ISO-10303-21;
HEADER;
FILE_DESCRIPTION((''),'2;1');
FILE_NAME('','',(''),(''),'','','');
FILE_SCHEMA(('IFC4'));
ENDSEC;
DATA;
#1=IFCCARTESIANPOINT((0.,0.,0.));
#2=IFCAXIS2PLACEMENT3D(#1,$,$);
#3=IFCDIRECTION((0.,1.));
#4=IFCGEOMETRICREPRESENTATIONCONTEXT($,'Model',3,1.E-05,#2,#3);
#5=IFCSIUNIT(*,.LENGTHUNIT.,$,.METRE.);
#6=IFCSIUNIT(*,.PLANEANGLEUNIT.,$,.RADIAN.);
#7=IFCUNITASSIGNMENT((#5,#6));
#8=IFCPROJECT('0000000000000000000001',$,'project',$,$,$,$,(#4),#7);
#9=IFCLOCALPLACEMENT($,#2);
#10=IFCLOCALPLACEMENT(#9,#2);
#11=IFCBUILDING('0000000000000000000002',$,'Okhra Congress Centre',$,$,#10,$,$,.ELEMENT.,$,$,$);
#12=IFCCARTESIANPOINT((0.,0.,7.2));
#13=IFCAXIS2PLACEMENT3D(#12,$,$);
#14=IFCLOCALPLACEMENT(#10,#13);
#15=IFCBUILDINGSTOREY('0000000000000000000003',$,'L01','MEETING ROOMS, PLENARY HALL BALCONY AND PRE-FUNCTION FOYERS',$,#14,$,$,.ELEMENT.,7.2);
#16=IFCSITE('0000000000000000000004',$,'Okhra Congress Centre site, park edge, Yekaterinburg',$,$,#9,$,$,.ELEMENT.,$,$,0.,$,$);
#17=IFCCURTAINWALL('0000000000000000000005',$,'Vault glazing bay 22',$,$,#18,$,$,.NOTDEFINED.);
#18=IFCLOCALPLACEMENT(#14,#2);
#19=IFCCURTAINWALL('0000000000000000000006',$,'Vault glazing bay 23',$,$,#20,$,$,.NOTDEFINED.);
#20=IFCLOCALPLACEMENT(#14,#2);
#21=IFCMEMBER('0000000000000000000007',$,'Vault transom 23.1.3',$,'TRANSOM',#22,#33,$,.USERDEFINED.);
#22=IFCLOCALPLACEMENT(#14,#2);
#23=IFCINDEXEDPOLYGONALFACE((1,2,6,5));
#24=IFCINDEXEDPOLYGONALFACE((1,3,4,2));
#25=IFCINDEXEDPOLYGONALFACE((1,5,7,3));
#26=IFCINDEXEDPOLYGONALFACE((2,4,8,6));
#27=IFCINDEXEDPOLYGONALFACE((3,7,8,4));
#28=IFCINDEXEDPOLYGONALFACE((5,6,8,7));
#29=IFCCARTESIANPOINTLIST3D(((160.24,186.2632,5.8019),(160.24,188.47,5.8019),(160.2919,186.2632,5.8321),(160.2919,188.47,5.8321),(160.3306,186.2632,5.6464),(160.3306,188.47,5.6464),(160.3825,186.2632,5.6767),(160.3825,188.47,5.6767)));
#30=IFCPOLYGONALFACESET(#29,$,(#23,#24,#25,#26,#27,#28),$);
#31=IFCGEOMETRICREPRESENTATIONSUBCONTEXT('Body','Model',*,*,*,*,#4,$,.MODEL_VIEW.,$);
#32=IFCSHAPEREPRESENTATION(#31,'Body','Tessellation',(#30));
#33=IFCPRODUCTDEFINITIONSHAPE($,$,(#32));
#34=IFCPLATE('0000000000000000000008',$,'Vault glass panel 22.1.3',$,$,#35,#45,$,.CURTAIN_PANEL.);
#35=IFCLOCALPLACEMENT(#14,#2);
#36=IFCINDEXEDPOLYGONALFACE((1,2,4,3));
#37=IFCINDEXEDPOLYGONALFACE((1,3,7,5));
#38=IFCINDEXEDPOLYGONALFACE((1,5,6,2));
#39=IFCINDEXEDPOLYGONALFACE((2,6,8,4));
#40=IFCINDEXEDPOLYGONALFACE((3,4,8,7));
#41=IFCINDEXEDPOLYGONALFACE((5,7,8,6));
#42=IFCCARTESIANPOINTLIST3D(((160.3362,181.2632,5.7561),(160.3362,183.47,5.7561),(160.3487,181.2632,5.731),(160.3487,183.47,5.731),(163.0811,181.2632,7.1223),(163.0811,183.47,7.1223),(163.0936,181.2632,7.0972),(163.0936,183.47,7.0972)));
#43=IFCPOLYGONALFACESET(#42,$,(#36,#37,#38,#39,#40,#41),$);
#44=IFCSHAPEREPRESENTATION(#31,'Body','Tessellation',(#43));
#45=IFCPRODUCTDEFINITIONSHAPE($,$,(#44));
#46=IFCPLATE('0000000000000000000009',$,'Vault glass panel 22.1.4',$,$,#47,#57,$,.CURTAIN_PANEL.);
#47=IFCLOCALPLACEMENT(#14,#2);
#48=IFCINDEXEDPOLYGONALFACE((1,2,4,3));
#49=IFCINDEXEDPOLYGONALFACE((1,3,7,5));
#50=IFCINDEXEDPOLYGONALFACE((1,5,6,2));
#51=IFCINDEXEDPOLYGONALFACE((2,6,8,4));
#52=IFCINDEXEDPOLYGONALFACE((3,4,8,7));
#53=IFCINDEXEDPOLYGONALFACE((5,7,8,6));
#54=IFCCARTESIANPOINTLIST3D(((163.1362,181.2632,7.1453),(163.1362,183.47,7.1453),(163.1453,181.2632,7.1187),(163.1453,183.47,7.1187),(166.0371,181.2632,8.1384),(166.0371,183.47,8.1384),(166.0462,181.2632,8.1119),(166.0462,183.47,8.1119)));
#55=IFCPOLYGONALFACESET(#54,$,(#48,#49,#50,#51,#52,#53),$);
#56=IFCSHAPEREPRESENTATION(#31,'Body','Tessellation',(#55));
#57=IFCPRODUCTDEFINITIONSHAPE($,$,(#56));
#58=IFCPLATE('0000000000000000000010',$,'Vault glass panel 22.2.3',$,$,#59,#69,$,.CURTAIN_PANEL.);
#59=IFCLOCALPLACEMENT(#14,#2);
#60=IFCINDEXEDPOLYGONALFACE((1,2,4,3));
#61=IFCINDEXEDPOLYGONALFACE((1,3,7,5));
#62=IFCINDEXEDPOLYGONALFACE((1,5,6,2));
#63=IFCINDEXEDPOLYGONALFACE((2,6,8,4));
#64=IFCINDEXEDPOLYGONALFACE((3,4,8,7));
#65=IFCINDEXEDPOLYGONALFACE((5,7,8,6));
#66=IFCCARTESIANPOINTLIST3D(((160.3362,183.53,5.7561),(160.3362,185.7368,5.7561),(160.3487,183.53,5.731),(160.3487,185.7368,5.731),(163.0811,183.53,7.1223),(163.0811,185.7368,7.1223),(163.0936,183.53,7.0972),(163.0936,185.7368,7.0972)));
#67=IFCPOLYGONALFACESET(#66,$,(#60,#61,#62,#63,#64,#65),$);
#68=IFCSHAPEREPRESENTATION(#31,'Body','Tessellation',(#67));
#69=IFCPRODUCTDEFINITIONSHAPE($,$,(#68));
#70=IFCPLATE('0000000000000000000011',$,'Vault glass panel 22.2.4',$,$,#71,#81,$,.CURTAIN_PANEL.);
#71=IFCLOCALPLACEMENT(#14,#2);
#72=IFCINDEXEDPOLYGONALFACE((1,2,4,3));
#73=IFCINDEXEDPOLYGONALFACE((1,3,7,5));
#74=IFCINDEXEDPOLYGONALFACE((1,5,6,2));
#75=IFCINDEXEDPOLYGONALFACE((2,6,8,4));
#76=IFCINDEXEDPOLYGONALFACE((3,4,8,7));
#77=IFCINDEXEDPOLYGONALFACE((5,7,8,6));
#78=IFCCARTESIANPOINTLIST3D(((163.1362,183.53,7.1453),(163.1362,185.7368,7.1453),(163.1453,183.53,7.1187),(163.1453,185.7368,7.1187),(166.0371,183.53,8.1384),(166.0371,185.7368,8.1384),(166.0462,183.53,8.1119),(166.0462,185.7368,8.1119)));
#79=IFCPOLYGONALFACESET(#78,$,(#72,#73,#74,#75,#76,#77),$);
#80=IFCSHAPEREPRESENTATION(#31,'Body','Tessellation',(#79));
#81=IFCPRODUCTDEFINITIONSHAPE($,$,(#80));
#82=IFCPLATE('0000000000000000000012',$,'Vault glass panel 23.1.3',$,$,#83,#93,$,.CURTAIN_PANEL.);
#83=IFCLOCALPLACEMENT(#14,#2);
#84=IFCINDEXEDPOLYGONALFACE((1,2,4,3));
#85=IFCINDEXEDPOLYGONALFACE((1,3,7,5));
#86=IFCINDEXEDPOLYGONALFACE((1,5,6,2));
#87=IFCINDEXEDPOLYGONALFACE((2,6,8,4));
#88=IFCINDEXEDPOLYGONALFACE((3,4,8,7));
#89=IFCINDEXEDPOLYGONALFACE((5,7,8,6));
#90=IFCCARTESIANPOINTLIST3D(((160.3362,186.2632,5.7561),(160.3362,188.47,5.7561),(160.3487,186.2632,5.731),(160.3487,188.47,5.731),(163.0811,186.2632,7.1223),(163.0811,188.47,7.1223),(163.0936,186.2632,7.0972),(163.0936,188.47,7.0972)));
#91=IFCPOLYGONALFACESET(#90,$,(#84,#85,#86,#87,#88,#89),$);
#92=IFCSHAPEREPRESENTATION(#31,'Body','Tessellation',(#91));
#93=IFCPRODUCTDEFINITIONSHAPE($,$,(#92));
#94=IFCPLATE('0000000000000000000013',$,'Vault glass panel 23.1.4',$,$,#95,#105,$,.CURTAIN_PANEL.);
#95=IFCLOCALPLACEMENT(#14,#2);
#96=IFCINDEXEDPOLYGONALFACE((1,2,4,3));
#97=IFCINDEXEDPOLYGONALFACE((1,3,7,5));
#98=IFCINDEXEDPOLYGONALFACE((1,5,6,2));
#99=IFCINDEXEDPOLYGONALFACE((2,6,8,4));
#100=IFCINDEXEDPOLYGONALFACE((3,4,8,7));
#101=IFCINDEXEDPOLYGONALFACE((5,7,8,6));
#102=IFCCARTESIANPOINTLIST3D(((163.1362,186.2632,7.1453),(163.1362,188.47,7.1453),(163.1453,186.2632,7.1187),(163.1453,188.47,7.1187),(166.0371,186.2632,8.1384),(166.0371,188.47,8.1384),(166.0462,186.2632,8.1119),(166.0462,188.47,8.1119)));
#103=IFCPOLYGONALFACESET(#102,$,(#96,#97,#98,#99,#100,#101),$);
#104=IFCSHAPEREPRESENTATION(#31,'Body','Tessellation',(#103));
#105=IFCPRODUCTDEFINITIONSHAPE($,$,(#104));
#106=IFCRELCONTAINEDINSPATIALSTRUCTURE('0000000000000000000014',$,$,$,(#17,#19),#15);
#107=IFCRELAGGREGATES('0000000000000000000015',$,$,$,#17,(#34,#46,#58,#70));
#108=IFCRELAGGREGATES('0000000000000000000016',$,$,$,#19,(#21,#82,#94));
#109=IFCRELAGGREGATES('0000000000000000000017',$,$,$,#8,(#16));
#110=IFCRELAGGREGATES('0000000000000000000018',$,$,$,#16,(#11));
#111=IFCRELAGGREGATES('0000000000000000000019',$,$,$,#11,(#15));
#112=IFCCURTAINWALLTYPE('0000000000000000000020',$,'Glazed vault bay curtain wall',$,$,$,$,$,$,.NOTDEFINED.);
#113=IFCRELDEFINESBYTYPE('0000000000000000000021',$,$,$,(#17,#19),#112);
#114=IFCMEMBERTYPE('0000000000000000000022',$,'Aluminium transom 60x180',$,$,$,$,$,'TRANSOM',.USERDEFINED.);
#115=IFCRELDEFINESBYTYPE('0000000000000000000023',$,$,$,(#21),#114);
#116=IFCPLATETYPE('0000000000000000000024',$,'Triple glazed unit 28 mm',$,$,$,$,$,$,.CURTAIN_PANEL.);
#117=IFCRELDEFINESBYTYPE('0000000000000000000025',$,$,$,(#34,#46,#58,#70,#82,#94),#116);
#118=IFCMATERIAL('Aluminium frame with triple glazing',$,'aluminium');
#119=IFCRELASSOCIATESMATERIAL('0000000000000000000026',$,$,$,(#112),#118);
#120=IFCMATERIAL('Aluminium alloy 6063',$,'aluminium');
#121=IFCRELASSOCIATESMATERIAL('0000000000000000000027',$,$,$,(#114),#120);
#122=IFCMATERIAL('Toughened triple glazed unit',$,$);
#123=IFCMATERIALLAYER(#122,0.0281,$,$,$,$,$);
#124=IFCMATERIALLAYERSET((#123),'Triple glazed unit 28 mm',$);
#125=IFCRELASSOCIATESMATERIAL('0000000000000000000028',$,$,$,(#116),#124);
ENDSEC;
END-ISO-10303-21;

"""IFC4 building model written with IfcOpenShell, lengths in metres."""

from ifc_helpers import new_model, si_unit, direction, frame, origin, origin_2d, place, context, subcontext, project, spatial, polyline, rectangle, outline, extrude, material, layer, layer_set, material_profile, profile_set, type_object, element, aggregate, save


model = new_model("IFC4")

# Units and contexts
model_context = context("Model", 3, precision=1e-05, world=origin(), true_north=direction((0.0, 1.0)))
body_context = subcontext(model_context, "Body", "Model", "MODEL_VIEW")
ifc_project = project(units=[si_unit("LENGTHUNIT", "METRE"), si_unit("PLANEANGLEUNIT", "RADIAN")], contexts=[model_context])

# Site, building, storey
site_placement = place(None, origin())
site = spatial("IfcSite", under=ifc_project, at=site_placement, Name="Okhra Congress Centre site, park edge, Yekaterinburg", CompositionType="ELEMENT", RefElevation=0.0)
building_placement = place(site_placement, origin())
building = spatial("IfcBuilding", under=site, at=building_placement, Name="Okhra Congress Centre", CompositionType="ELEMENT")
storey_placement = place(building_placement, frame((0.0, 0.0, 7.2)))
storey = spatial("IfcBuildingStorey", under=building, at=storey_placement, Name="L01", Description="MEETING ROOMS, PLENARY HALL BALCONY AND PRE-FUNCTION FOYERS", CompositionType="ELEMENT", Elevation=7.2)

# Curtain walls
ifc_material_1 = material(Name="Aluminium frame with triple glazing", Category="aluminium")
curtain_wall_type = type_object("IfcCurtainWallType", Name="Glazed vault bay curtain wall", PredefinedType="NOTDEFINED", material=ifc_material_1)
curtain_wall_1_placement = place(storey_placement, origin())
curtain_wall_1 = element("IfcCurtainWall", 1, at=curtain_wall_1_placement, inside=storey, type_object=curtain_wall_type, Name="Vault glazing bay 22", PredefinedType="NOTDEFINED")
ifc_material_2 = material(Name="Aluminium alloy 6063", Category="aluminium")
curtain_wall_2_placement = place(storey_placement, origin())
curtain_wall_2 = element("IfcCurtainWall", 2, at=curtain_wall_2_placement, inside=storey, type_object=curtain_wall_type, Name="Vault glazing bay 23", PredefinedType="NOTDEFINED")

# Member
ifc_material_profile_1 = material_profile(ifc_material_2, rectangle(XDim=0.0601, YDim=0.1799, at=origin_2d()), Name="AL 60x180 transom")
ifc_profile_set_1 = profile_set([ifc_material_profile_1], Name="Aluminium alloy 6063")
member_type_1 = type_object("IfcMemberType", Name="Aluminium transom 60x180", ElementType="TRANSOM", PredefinedType="USERDEFINED", material=ifc_profile_set_1)
member_1_placement = place(storey_placement, frame((160.3113, 186.2632, 5.7393), z_axis=(0.0, 1.0, 0.0), x_axis=(-0.863917, 0.0, -0.503634)))
member_1 = element("IfcMember", 3, at=member_1_placement, type_object=member_type_1, Name="Vault transom 23.1.3", ObjectType="TRANSOM", PredefinedType="USERDEFINED", context=body_context, shape_type="SweptSolid", body=[
    extrude(rectangle(XDim=0.0601, YDim=0.1799, at=origin_2d()), origin(), (0.0, 0.0, 1.0), 2.2068),
])

# Plates
ifc_material_3 = material(Name="Toughened triple glazed unit")
ifc_layer = layer(ifc_material_3, 0.0281)
ifc_layer_set = layer_set([ifc_layer], Name="Triple glazed unit 28 mm")
plate_type = type_object("IfcPlateType", Name="Triple glazed unit 28 mm", PredefinedType="CURTAIN_PANEL", material=ifc_layer_set)
plate_1_placement = place(storey_placement, frame((160.3362, 181.2632, 5.7561), z_axis=(-0.445588, 0.0, 0.895238), x_axis=(0.895238, 0.0, 0.445588)))
plate_1 = element("IfcPlate", 4, at=plate_1_placement, type_object=plate_type, Name="Vault glass panel 22.1.3", PredefinedType="CURTAIN_PANEL", context=body_context, shape_type="SweptSolid", body=[
    extrude(outline(polyline([(0.0, 0.0), (3.0661, 0.0), (3.0661, 2.2068), (0.0, 2.2068), (0.0, 0.0)])), origin(), (0.0, 0.0, -1.0), 0.0281),
])
plate_2_placement = place(storey_placement, frame((163.1362, 181.2632, 7.1453), z_axis=(-0.323909, 0.0, 0.946088), x_axis=(0.946088, 0.0, 0.323909)))
plate_2 = element("IfcPlate", 5, at=plate_2_placement, type_object=plate_type, Name="Vault glass panel 22.1.4", PredefinedType="CURTAIN_PANEL", context=body_context, shape_type="SweptSolid", body=[
    extrude(outline(polyline([(0.0, 0.0), (3.0662, 0.0), (3.0662, 2.2068), (0.0, 2.2068), (0.0, 0.0)])), origin(), (0.0, 0.0, -1.0), 0.0281),
])
plate_3_placement = place(storey_placement, frame((160.3362, 183.53, 5.7561), z_axis=(-0.445588, 0.0, 0.895238), x_axis=(0.895238, 0.0, 0.445588)))
plate_3 = element("IfcPlate", 6, at=plate_3_placement, type_object=plate_type, Name="Vault glass panel 22.2.3", PredefinedType="CURTAIN_PANEL", context=body_context, shape_type="SweptSolid", body=[
    extrude(outline(polyline([(0.0, 0.0), (3.0661, 0.0), (3.0661, 2.2068), (0.0, 2.2068), (0.0, 0.0)])), origin(), (0.0, 0.0, -1.0), 0.0281),
])
plate_4_placement = place(storey_placement, frame((163.1362, 183.53, 7.1453), z_axis=(-0.323909, 0.0, 0.946088), x_axis=(0.946088, 0.0, 0.323909)))
plate_4 = element("IfcPlate", 7, at=plate_4_placement, type_object=plate_type, Name="Vault glass panel 22.2.4", PredefinedType="CURTAIN_PANEL", context=body_context, shape_type="SweptSolid", body=[
    extrude(outline(polyline([(0.0, 0.0), (3.0662, 0.0), (3.0662, 2.2068), (0.0, 2.2068), (0.0, 0.0)])), origin(), (0.0, 0.0, -1.0), 0.0281),
])
aggregate(curtain_wall_1, [plate_1, plate_2, plate_3, plate_4])
plate_5_placement = place(storey_placement, frame((160.3362, 186.2632, 5.7561), z_axis=(-0.445588, 0.0, 0.895238), x_axis=(0.895238, 0.0, 0.445588)))
plate_5 = element("IfcPlate", 8, at=plate_5_placement, type_object=plate_type, Name="Vault glass panel 23.1.3", PredefinedType="CURTAIN_PANEL", context=body_context, shape_type="SweptSolid", body=[
    extrude(outline(polyline([(0.0, 0.0), (3.0661, 0.0), (3.0661, 2.2068), (0.0, 2.2068), (0.0, 0.0)])), origin(), (0.0, 0.0, -1.0), 0.0281),
])
plate_6_placement = place(storey_placement, frame((163.1362, 186.2632, 7.1453), z_axis=(-0.323909, 0.0, 0.946088), x_axis=(0.946088, 0.0, 0.323909)))
plate_6 = element("IfcPlate", 9, at=plate_6_placement, type_object=plate_type, Name="Vault glass panel 23.1.4", PredefinedType="CURTAIN_PANEL", context=body_context, shape_type="SweptSolid", body=[
    extrude(outline(polyline([(0.0, 0.0), (3.0662, 0.0), (3.0662, 2.2068), (0.0, 2.2068), (0.0, 0.0)])), origin(), (0.0, 0.0, -1.0), 0.0281),
])
aggregate(curtain_wall_2, [member_1, plate_5, plate_6])

save(model, "model.ifc")
